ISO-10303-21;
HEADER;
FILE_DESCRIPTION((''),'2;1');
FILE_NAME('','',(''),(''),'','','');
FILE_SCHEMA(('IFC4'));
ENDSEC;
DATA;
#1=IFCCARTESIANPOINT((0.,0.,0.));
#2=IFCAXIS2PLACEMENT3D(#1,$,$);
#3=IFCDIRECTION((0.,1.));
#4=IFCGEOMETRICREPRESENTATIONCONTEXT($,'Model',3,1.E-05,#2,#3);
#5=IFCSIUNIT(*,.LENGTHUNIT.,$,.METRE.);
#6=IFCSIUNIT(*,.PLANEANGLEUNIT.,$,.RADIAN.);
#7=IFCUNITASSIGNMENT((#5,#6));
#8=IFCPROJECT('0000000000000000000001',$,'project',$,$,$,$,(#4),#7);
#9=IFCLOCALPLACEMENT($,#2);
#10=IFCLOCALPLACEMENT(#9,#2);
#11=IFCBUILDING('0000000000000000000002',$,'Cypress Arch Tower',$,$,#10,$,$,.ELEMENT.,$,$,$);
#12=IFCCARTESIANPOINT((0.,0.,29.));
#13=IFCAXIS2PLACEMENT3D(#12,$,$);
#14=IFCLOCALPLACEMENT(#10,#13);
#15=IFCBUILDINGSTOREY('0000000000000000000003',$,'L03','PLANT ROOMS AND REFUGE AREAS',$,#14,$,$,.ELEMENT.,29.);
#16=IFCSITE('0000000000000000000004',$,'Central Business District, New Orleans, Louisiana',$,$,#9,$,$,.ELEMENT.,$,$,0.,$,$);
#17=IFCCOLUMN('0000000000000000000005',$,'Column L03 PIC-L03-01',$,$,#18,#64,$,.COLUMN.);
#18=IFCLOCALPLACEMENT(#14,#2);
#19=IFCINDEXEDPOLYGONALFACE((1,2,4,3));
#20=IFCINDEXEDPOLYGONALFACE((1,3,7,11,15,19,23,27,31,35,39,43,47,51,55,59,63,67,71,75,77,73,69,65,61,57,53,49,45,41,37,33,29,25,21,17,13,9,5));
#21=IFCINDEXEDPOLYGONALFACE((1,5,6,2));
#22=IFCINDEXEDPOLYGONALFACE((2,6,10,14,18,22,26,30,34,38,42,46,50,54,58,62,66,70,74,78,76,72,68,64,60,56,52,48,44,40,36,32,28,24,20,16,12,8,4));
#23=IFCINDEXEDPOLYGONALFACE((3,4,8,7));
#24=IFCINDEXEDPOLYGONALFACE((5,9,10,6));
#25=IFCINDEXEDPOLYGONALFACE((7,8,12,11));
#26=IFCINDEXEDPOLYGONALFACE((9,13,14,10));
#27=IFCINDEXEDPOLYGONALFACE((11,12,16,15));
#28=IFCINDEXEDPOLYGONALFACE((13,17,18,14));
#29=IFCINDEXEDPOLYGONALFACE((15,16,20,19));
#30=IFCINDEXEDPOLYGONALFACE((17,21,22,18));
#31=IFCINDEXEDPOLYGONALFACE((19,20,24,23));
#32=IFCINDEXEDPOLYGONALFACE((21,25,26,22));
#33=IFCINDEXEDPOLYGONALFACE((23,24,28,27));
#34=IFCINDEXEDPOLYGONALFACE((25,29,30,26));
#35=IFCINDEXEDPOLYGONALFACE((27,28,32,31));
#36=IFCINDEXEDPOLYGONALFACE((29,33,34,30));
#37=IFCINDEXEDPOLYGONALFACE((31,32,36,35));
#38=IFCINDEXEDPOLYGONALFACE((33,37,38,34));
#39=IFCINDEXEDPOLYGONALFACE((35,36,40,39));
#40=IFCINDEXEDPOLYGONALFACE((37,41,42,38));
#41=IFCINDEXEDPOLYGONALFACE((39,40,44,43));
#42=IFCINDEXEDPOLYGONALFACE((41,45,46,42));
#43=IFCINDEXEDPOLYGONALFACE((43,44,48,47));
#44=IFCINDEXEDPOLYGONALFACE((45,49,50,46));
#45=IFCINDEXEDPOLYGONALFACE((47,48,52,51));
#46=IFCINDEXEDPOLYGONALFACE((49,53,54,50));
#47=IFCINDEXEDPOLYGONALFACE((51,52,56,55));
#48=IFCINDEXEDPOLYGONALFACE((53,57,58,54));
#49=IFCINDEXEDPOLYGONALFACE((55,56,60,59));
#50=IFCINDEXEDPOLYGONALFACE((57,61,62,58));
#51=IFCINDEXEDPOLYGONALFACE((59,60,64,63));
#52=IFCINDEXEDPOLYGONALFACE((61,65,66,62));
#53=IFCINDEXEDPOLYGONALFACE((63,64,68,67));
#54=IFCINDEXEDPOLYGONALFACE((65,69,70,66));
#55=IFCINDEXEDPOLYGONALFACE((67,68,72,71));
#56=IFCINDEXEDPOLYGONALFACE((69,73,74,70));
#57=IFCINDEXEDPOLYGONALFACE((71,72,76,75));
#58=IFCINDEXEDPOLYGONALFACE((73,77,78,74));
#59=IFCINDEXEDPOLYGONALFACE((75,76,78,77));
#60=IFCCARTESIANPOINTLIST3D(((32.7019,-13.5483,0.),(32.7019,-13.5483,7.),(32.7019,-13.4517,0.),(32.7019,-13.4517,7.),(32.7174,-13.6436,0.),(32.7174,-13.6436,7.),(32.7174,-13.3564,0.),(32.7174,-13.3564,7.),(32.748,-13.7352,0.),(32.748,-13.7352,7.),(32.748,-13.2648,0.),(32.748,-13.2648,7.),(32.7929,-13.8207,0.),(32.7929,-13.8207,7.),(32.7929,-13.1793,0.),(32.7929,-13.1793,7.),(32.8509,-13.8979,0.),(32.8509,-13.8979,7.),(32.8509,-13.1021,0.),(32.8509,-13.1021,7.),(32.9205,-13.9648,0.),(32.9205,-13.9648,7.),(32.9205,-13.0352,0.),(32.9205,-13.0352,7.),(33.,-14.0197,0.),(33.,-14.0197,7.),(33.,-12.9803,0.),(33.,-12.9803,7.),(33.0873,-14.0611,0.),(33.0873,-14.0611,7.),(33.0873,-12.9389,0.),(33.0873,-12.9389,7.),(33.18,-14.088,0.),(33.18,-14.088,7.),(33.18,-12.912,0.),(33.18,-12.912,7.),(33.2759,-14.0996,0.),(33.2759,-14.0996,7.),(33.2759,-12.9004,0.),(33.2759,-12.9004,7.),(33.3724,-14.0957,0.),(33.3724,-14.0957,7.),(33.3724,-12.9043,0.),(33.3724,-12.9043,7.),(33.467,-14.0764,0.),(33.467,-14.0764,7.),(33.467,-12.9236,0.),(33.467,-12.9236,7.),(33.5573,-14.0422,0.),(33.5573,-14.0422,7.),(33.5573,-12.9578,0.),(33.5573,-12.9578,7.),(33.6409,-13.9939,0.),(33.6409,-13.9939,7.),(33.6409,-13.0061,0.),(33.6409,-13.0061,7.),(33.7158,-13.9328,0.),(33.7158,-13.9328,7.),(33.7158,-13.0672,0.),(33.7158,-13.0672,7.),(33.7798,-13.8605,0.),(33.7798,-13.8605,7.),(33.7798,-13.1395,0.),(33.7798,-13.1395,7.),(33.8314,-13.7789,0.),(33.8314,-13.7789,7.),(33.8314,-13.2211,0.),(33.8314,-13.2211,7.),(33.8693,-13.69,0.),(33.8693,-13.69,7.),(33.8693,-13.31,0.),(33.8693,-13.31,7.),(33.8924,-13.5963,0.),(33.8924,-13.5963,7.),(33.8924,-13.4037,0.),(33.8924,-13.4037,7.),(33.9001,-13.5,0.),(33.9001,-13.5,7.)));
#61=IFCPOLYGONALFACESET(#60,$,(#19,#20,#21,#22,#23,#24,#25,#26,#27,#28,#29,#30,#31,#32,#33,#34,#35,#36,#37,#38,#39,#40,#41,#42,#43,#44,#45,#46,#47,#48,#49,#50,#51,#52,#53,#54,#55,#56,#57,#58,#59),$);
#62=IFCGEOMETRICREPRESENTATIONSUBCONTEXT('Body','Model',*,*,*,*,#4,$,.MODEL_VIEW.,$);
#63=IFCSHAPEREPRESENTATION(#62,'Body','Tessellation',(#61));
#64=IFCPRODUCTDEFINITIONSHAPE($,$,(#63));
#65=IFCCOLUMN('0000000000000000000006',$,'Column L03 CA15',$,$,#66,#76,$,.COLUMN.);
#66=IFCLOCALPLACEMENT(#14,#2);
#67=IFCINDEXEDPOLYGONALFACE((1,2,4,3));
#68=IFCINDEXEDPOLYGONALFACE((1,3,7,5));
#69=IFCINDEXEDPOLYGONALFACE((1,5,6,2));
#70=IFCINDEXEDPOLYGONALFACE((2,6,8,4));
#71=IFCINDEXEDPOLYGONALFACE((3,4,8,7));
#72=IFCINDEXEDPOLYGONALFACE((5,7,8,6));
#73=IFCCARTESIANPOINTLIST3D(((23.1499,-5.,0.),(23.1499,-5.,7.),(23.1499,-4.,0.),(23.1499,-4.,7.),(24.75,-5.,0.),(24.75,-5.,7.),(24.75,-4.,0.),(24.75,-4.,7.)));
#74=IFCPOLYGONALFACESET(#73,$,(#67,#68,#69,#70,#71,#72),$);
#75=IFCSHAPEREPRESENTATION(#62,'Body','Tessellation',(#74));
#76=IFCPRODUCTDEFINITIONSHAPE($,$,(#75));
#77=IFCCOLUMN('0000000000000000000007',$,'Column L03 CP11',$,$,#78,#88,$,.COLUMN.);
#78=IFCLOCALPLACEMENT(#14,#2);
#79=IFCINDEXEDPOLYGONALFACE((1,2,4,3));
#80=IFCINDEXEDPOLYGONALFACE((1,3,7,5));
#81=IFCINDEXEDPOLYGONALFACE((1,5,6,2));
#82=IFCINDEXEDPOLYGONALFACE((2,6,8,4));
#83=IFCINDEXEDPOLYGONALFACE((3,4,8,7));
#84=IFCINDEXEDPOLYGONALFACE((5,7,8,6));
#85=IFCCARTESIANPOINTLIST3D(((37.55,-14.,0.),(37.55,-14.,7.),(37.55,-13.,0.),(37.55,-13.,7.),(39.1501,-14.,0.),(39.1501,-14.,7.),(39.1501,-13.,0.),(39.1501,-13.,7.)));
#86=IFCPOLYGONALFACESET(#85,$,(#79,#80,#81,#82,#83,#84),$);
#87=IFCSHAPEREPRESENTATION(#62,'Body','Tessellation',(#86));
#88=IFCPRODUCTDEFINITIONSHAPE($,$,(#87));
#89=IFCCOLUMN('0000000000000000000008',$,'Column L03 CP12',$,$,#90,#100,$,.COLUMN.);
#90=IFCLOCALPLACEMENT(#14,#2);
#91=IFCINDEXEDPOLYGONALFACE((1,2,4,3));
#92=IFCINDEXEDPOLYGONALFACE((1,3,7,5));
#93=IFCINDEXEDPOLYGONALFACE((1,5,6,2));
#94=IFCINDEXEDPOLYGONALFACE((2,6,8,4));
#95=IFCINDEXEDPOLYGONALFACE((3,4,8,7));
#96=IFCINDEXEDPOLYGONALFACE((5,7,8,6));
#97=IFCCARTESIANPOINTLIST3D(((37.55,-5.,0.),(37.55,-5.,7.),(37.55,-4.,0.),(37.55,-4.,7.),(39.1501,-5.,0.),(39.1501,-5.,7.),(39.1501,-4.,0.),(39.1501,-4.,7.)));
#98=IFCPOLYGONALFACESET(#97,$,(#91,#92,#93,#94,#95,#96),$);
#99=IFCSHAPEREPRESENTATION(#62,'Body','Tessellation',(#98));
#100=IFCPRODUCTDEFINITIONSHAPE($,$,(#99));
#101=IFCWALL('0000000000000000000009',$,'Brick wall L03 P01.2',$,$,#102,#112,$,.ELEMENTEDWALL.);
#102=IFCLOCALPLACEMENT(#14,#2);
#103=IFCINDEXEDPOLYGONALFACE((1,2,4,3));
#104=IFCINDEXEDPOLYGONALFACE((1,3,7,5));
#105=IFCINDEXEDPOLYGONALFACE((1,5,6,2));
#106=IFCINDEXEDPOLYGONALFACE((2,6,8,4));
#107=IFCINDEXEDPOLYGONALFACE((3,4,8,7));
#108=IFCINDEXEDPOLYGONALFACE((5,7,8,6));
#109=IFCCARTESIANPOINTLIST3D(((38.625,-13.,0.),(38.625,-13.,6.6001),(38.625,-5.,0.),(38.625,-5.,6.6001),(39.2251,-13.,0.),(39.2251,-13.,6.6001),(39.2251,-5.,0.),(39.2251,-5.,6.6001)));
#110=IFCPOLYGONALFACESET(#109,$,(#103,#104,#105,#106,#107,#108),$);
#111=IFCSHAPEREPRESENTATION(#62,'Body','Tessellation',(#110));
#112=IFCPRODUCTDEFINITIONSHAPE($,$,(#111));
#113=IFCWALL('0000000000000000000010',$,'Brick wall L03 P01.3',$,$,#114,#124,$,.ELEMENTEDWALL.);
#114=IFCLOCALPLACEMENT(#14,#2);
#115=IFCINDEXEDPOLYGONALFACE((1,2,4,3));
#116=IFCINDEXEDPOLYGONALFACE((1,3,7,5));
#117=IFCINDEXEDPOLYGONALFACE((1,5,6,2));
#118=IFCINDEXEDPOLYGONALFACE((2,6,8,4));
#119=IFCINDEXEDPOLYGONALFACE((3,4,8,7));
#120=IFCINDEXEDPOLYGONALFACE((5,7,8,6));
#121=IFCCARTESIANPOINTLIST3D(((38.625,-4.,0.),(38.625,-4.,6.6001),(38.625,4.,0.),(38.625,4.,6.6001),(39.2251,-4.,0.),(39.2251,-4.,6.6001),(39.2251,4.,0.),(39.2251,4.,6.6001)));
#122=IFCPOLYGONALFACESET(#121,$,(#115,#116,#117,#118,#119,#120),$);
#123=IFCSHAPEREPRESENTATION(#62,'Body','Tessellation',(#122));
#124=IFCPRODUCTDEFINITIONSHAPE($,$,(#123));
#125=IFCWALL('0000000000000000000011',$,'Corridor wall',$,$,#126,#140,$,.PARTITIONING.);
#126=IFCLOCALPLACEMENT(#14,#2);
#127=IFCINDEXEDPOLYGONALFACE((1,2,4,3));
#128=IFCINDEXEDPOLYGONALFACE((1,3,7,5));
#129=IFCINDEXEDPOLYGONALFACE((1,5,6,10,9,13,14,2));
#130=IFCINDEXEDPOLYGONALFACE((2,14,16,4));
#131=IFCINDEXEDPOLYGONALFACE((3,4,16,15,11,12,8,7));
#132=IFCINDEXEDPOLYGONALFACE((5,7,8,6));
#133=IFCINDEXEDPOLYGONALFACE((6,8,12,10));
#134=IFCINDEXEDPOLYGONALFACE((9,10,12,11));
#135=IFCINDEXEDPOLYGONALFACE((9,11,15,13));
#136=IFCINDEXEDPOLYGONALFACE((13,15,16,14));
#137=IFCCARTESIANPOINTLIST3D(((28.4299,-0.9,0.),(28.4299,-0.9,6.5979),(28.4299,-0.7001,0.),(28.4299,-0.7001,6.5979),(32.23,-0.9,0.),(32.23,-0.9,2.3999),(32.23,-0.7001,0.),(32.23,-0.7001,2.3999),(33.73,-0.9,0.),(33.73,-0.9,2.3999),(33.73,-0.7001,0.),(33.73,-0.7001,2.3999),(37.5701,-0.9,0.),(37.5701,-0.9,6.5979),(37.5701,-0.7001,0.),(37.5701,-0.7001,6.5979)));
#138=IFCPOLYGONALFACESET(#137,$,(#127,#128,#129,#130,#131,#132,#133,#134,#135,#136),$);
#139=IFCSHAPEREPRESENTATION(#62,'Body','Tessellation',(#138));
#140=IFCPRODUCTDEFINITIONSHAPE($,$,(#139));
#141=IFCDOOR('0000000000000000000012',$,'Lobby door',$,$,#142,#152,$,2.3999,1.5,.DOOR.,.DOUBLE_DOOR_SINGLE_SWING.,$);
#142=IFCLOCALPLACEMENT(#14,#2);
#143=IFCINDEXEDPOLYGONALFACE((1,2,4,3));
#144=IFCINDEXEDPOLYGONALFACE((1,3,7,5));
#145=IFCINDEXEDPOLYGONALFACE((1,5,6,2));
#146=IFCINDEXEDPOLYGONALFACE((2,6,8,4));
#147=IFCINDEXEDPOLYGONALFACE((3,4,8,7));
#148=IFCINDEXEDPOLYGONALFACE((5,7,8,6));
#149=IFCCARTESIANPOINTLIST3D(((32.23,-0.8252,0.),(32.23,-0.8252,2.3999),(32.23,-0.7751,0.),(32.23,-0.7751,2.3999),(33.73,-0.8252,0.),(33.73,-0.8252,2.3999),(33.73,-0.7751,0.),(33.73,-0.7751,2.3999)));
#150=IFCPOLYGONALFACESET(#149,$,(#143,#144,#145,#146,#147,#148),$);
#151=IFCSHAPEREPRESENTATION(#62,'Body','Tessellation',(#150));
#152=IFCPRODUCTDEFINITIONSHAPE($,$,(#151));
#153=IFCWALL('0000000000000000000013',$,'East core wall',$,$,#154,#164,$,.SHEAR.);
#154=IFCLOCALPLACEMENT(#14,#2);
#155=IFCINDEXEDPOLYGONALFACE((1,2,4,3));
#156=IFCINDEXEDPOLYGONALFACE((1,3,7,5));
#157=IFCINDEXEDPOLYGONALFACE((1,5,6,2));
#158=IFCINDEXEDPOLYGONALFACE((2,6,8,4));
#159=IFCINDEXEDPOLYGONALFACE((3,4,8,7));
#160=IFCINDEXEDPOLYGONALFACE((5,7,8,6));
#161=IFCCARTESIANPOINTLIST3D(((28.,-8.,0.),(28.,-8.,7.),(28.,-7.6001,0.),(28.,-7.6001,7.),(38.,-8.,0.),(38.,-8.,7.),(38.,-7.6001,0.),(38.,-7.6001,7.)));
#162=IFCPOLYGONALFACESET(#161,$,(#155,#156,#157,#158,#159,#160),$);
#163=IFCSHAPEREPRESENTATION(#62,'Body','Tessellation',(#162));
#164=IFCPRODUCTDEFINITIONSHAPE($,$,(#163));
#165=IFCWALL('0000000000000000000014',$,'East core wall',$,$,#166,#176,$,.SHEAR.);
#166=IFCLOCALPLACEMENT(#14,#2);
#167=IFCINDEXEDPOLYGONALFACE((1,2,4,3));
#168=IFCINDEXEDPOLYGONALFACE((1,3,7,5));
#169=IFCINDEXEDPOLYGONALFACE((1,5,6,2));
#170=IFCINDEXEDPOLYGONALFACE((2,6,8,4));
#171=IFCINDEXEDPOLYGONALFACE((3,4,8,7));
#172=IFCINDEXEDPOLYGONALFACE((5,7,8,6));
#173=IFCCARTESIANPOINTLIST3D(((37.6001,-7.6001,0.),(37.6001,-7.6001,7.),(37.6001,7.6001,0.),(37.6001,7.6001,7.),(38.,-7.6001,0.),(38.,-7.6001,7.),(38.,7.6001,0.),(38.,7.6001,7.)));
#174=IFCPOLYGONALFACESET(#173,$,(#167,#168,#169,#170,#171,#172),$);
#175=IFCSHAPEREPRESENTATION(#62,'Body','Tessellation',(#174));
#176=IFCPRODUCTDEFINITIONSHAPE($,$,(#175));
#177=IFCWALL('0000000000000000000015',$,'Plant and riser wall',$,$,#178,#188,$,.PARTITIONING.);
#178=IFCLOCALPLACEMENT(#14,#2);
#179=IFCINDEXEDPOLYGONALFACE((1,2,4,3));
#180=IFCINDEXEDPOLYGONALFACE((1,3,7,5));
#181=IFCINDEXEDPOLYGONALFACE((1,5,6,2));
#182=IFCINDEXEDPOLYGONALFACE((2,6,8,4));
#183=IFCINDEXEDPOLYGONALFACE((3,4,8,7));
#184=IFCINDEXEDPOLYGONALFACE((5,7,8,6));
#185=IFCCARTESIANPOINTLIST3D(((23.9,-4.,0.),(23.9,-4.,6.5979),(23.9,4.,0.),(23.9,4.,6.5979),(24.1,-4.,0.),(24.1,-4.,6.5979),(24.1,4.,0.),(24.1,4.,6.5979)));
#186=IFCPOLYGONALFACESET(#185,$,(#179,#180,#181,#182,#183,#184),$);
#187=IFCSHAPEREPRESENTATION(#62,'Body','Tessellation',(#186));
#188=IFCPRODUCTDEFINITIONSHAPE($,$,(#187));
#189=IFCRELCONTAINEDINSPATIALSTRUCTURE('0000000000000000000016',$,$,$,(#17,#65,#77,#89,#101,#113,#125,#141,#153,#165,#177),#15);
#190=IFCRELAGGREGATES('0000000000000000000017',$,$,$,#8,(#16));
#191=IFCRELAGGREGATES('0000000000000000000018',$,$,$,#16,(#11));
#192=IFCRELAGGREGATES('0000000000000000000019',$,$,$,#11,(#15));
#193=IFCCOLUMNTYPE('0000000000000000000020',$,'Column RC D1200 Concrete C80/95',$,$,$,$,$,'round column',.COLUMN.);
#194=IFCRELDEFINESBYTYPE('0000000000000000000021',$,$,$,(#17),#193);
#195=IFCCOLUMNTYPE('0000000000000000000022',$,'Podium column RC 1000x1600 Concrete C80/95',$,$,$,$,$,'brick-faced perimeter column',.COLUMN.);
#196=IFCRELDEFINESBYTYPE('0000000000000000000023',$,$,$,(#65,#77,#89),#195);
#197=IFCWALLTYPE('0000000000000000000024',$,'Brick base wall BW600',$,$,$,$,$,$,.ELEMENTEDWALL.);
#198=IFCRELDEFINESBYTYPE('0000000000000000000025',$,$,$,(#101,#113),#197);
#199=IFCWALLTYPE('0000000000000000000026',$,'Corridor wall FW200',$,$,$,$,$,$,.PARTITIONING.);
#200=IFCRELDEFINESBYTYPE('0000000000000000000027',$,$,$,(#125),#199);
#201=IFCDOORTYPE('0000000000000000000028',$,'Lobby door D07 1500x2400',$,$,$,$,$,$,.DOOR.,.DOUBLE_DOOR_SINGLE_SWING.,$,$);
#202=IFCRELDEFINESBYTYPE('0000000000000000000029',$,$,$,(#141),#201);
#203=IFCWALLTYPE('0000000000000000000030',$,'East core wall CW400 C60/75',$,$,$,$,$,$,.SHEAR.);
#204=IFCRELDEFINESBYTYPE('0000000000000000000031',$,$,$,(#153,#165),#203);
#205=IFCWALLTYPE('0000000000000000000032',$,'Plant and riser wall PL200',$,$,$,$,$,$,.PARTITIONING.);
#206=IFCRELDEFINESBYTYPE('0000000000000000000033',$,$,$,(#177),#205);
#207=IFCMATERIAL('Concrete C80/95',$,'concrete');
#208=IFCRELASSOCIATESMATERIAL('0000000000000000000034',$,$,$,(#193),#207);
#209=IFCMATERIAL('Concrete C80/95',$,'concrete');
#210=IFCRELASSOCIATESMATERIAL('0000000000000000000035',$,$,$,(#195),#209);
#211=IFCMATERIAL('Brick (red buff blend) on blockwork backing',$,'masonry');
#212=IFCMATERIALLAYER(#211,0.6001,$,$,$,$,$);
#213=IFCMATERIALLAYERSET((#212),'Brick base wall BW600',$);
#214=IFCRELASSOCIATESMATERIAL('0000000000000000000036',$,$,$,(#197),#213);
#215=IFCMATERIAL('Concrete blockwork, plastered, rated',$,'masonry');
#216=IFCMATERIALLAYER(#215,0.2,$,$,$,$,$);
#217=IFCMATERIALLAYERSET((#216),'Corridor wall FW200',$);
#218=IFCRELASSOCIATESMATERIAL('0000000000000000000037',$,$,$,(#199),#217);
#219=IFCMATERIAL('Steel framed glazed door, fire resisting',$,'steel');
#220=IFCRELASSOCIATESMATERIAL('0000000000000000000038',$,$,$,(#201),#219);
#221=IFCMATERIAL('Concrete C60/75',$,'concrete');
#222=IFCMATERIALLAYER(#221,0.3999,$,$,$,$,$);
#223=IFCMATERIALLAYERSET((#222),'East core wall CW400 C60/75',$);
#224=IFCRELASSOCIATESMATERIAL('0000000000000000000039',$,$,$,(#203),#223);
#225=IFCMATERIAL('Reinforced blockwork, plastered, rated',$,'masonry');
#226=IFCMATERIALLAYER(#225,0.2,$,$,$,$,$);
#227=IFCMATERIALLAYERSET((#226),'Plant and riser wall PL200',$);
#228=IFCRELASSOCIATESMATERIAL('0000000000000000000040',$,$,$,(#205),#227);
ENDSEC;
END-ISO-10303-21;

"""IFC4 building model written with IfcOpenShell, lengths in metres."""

from ifc_helpers import new_model, si_unit, direction, frame, frame_2d, origin, origin_2d, place, context, subcontext, project, spatial, rectangle, circle, extrude, material, layer, layer_set, material_profile, profile_set, type_object, element, fill, save


model = new_model("IFC4")

# Units and contexts
model_context = context("Model", 3, precision=1e-05, world=origin(), true_north=direction((0.0, 1.0)))
body_context = subcontext(model_context, "Body", "Model", "MODEL_VIEW")
ifc_project = project(units=[si_unit("LENGTHUNIT", "METRE"), si_unit("PLANEANGLEUNIT", "RADIAN")], contexts=[model_context])

# Site, building, storey
site_placement = place(None, origin())
site = spatial("IfcSite", under=ifc_project, at=site_placement, Name="Central Business District, New Orleans, Louisiana", CompositionType="ELEMENT", RefElevation=0.0)
building_placement = place(site_placement, origin())
building = spatial("IfcBuilding", under=site, at=building_placement, Name="Cypress Arch Tower", CompositionType="ELEMENT")
storey_placement = place(building_placement, frame((0.0, 0.0, 29.0)))
storey = spatial("IfcBuildingStorey", under=building, at=storey_placement, Name="L03", Description="PLANT ROOMS AND REFUGE AREAS", CompositionType="ELEMENT", Elevation=29.0)

# Columns
ifc_material_1 = material(Name="Concrete C80/95", Category="concrete")
ifc_material_profile_1 = material_profile(ifc_material_1, circle(Radius=0.6001, at=origin_2d()), Name="RC D1200")
ifc_profile_set_1 = profile_set([ifc_material_profile_1], Name="Concrete C80/95")
column_type_1 = type_object("IfcColumnType", Name="Column RC D1200 Concrete C80/95", ElementType="round column", PredefinedType="COLUMN", material=ifc_profile_set_1)
column_placement = place(storey_placement, frame((33.3, -13.5, 0.0), z_axis=(0.0, 0.0, 1.0), x_axis=(1.0, 0.0, 0.0)))
element("IfcColumn", 1, at=column_placement, inside=storey, type_object=column_type_1, Name="Column L03 PIC-L03-01", PredefinedType="COLUMN", context=body_context, shape_type="SweptSolid", body=[
    extrude(circle(Radius=0.6001, at=origin_2d()), origin(), (0.0, 0.0, 1.0), 7.0),
])
ifc_material_2 = material(Name="Concrete C80/95", Category="concrete")
ifc_material_profile_2 = material_profile(ifc_material_2, rectangle(XDim=1.0, YDim=1.6001, at=origin_2d()), Name="RC 1000x1600")
ifc_profile_set_2 = profile_set([ifc_material_profile_2], Name="Concrete C80/95")
column_type_2 = type_object("IfcColumnType", Name="Podium column RC 1000x1600 Concrete C80/95", ElementType="brick-faced perimeter column", PredefinedType="COLUMN", material=ifc_profile_set_2)
for number, where, z_axis, x_axis, name in (
    (2, (23.95, -4.5, 0.0), (0.0, 0.0, 1.0), (0.0, 1.0, 0.0), "Column L03 CA15"),
    (3, (38.3501, -13.5, 0.0), (0.0, 0.0, 1.0), (0.0, 1.0, 0.0), "Column L03 CP11"),
    (4, (38.3501, -4.5, 0.0), (0.0, 0.0, 1.0), (0.0, 1.0, 0.0), "Column L03 CP12"),
):
    element("IfcColumn", number, at=place(storey_placement, frame(where, z_axis=z_axis, x_axis=x_axis)), inside=storey, type_object=column_type_2, Name=name, PredefinedType="COLUMN", context=body_context, shape_type="SweptSolid", body=[
        extrude(rectangle(XDim=1.0, YDim=1.6001, at=origin_2d()), origin(), (0.0, 0.0, 1.0), 7.0),
    ])

# Walls
ifc_material_3 = material(Name="Brick (red buff blend) on blockwork backing", Category="masonry")
ifc_layer_1 = layer(ifc_material_3, 0.6001)
ifc_layer_set_1 = layer_set([ifc_layer_1], Name="Brick base wall BW600")
wall_type_1 = type_object("IfcWallType", Name="Brick base wall BW600", PredefinedType="ELEMENTEDWALL", material=ifc_layer_set_1)
for number, where, z_axis, x_axis, name in (
    (5, (38.925, -13.0, 0.0), (0.0, 0.0, 1.0), (0.0, 1.0, 0.0), "Brick wall L03 P01.2"),
    (6, (38.925, -4.0, 0.0), (0.0, 0.0, 1.0), (0.0, 1.0, 0.0), "Brick wall L03 P01.3"),
):
    element("IfcWall", number, at=place(storey_placement, frame(where, z_axis=z_axis, x_axis=x_axis)), inside=storey, type_object=wall_type_1, Name=name, PredefinedType="ELEMENTEDWALL", context=body_context, shape_type="SweptSolid", body=[
        extrude(rectangle(XDim=8.0, YDim=0.6001, at=frame_2d((4.0, 0.0))), origin(), (0.0, 0.0, 1.0), 6.6001),
    ])

# Wall, opening, door
ifc_material_4 = material(Name="Concrete blockwork, plastered, rated", Category="masonry")
ifc_layer_2 = layer(ifc_material_4, 0.2)
ifc_layer_set_2 = layer_set([ifc_layer_2], Name="Corridor wall FW200")
wall_type_2 = type_object("IfcWallType", Name="Corridor wall FW200", PredefinedType="PARTITIONING", material=ifc_layer_set_2)
wall_1_placement = place(storey_placement, frame((28.4299, -0.8, 0.0), z_axis=(0.0, 0.0, 1.0), x_axis=(1.0, 0.0, 0.0)))
wall_1 = element("IfcWall", 7, at=wall_1_placement, inside=storey, type_object=wall_type_2, Name="Corridor wall", PredefinedType="PARTITIONING", context=body_context, shape_type="SweptSolid", body=[
    extrude(rectangle(XDim=9.1401, YDim=0.2, at=frame_2d((4.5701, 0.0))), origin(), (0.0, 0.0, 1.0), 6.5979),
])
opening_1_placement = place(wall_1_placement, frame((3.8, 0.0, 0.0)))
opening_1 = element("IfcOpeningElement", 8, at=opening_1_placement, cuts=wall_1, PredefinedType="OPENING", context=body_context, shape_type="SweptSolid", body=[
    extrude(rectangle(XDim=1.5, YDim=2.3999, at=frame_2d((0.75, 1.2))), frame((0.0, 0.1099, 0.0), z_axis=(0.0, -1.0, 0.0), x_axis=(1.0, 0.0, 0.0)), (0.0, 0.0, 1.0), 0.22),
])
ifc_material_5 = material(Name="Steel framed glazed door, fire resisting", Category="steel")
door_type_1 = type_object("IfcDoorType", Name="Lobby door D07 1500x2400", OperationType="DOUBLE_DOOR_SINGLE_SWING", PredefinedType="DOOR", material=ifc_material_5)
door_1_placement = place(opening_1_placement, origin())
door_1 = element("IfcDoor", 9, at=door_1_placement, inside=storey, type_object=door_type_1, Name="Lobby door", OperationType="DOUBLE_DOOR_SINGLE_SWING", OverallHeight=2.3999, OverallWidth=1.5, PredefinedType="DOOR", context=body_context, shape_type="SweptSolid", body=[
    extrude(rectangle(XDim=1.5, YDim=2.3999, at=frame_2d((0.75, 1.2))), frame((0.0, 0.0249, 0.0), z_axis=(0.0, -1.0, 0.0), x_axis=(1.0, 0.0, 0.0)), (0.0, 0.0, 1.0), 0.05),
])
fill(opening_1, door_1)

# Walls
ifc_material_6 = material(Name="Concrete C60/75", Category="concrete")
ifc_layer_3 = layer(ifc_material_6, 0.3999)
ifc_layer_set_3 = layer_set([ifc_layer_3], Name="East core wall CW400 C60/75")
wall_type_3 = type_object("IfcWallType", Name="East core wall CW400 C60/75", PredefinedType="SHEAR", material=ifc_layer_set_3)
wall_2_placement = place(storey_placement, frame((28.0, -7.8, 0.0), z_axis=(0.0, 0.0, 1.0), x_axis=(1.0, 0.0, 0.0)))
element("IfcWall", 10, at=wall_2_placement, inside=storey, type_object=wall_type_3, Name="East core wall", PredefinedType="SHEAR", context=body_context, shape_type="SweptSolid", body=[
    extrude(rectangle(XDim=10.0, YDim=0.3999, at=frame_2d((5.0, 0.0))), origin(), (0.0, 0.0, 1.0), 7.0),
])
wall_3_placement = place(storey_placement, frame((37.8, -7.6001, 0.0), z_axis=(0.0, 0.0, 1.0), x_axis=(0.0, 1.0, 0.0)))
element("IfcWall", 11, at=wall_3_placement, inside=storey, type_object=wall_type_3, Name="East core wall", PredefinedType="SHEAR", context=body_context, shape_type="SweptSolid", body=[
    extrude(rectangle(XDim=15.2002, YDim=0.3999, at=frame_2d((7.6001, 0.0))), origin(), (0.0, 0.0, 1.0), 7.0),
])

# Wall
ifc_material_7 = material(Name="Reinforced blockwork, plastered, rated", Category="masonry")
ifc_layer_4 = layer(ifc_material_7, 0.2)
ifc_layer_set_4 = layer_set([ifc_layer_4], Name="Plant and riser wall PL200")
wall_type_4 = type_object("IfcWallType", Name="Plant and riser wall PL200", PredefinedType="PARTITIONING", material=ifc_layer_set_4)
wall_4_placement = place(storey_placement, frame((24.0, -4.0, 0.0), z_axis=(0.0, 0.0, 1.0), x_axis=(0.0, 1.0, 0.0)))
element("IfcWall", 12, at=wall_4_placement, inside=storey, type_object=wall_type_4, Name="Plant and riser wall", PredefinedType="PARTITIONING", context=body_context, shape_type="SweptSolid", body=[
    extrude(rectangle(XDim=8.0, YDim=0.2, at=frame_2d((4.0, 0.0))), origin(), (0.0, 0.0, 1.0), 6.5979),
])

save(model, "model.ifc")
